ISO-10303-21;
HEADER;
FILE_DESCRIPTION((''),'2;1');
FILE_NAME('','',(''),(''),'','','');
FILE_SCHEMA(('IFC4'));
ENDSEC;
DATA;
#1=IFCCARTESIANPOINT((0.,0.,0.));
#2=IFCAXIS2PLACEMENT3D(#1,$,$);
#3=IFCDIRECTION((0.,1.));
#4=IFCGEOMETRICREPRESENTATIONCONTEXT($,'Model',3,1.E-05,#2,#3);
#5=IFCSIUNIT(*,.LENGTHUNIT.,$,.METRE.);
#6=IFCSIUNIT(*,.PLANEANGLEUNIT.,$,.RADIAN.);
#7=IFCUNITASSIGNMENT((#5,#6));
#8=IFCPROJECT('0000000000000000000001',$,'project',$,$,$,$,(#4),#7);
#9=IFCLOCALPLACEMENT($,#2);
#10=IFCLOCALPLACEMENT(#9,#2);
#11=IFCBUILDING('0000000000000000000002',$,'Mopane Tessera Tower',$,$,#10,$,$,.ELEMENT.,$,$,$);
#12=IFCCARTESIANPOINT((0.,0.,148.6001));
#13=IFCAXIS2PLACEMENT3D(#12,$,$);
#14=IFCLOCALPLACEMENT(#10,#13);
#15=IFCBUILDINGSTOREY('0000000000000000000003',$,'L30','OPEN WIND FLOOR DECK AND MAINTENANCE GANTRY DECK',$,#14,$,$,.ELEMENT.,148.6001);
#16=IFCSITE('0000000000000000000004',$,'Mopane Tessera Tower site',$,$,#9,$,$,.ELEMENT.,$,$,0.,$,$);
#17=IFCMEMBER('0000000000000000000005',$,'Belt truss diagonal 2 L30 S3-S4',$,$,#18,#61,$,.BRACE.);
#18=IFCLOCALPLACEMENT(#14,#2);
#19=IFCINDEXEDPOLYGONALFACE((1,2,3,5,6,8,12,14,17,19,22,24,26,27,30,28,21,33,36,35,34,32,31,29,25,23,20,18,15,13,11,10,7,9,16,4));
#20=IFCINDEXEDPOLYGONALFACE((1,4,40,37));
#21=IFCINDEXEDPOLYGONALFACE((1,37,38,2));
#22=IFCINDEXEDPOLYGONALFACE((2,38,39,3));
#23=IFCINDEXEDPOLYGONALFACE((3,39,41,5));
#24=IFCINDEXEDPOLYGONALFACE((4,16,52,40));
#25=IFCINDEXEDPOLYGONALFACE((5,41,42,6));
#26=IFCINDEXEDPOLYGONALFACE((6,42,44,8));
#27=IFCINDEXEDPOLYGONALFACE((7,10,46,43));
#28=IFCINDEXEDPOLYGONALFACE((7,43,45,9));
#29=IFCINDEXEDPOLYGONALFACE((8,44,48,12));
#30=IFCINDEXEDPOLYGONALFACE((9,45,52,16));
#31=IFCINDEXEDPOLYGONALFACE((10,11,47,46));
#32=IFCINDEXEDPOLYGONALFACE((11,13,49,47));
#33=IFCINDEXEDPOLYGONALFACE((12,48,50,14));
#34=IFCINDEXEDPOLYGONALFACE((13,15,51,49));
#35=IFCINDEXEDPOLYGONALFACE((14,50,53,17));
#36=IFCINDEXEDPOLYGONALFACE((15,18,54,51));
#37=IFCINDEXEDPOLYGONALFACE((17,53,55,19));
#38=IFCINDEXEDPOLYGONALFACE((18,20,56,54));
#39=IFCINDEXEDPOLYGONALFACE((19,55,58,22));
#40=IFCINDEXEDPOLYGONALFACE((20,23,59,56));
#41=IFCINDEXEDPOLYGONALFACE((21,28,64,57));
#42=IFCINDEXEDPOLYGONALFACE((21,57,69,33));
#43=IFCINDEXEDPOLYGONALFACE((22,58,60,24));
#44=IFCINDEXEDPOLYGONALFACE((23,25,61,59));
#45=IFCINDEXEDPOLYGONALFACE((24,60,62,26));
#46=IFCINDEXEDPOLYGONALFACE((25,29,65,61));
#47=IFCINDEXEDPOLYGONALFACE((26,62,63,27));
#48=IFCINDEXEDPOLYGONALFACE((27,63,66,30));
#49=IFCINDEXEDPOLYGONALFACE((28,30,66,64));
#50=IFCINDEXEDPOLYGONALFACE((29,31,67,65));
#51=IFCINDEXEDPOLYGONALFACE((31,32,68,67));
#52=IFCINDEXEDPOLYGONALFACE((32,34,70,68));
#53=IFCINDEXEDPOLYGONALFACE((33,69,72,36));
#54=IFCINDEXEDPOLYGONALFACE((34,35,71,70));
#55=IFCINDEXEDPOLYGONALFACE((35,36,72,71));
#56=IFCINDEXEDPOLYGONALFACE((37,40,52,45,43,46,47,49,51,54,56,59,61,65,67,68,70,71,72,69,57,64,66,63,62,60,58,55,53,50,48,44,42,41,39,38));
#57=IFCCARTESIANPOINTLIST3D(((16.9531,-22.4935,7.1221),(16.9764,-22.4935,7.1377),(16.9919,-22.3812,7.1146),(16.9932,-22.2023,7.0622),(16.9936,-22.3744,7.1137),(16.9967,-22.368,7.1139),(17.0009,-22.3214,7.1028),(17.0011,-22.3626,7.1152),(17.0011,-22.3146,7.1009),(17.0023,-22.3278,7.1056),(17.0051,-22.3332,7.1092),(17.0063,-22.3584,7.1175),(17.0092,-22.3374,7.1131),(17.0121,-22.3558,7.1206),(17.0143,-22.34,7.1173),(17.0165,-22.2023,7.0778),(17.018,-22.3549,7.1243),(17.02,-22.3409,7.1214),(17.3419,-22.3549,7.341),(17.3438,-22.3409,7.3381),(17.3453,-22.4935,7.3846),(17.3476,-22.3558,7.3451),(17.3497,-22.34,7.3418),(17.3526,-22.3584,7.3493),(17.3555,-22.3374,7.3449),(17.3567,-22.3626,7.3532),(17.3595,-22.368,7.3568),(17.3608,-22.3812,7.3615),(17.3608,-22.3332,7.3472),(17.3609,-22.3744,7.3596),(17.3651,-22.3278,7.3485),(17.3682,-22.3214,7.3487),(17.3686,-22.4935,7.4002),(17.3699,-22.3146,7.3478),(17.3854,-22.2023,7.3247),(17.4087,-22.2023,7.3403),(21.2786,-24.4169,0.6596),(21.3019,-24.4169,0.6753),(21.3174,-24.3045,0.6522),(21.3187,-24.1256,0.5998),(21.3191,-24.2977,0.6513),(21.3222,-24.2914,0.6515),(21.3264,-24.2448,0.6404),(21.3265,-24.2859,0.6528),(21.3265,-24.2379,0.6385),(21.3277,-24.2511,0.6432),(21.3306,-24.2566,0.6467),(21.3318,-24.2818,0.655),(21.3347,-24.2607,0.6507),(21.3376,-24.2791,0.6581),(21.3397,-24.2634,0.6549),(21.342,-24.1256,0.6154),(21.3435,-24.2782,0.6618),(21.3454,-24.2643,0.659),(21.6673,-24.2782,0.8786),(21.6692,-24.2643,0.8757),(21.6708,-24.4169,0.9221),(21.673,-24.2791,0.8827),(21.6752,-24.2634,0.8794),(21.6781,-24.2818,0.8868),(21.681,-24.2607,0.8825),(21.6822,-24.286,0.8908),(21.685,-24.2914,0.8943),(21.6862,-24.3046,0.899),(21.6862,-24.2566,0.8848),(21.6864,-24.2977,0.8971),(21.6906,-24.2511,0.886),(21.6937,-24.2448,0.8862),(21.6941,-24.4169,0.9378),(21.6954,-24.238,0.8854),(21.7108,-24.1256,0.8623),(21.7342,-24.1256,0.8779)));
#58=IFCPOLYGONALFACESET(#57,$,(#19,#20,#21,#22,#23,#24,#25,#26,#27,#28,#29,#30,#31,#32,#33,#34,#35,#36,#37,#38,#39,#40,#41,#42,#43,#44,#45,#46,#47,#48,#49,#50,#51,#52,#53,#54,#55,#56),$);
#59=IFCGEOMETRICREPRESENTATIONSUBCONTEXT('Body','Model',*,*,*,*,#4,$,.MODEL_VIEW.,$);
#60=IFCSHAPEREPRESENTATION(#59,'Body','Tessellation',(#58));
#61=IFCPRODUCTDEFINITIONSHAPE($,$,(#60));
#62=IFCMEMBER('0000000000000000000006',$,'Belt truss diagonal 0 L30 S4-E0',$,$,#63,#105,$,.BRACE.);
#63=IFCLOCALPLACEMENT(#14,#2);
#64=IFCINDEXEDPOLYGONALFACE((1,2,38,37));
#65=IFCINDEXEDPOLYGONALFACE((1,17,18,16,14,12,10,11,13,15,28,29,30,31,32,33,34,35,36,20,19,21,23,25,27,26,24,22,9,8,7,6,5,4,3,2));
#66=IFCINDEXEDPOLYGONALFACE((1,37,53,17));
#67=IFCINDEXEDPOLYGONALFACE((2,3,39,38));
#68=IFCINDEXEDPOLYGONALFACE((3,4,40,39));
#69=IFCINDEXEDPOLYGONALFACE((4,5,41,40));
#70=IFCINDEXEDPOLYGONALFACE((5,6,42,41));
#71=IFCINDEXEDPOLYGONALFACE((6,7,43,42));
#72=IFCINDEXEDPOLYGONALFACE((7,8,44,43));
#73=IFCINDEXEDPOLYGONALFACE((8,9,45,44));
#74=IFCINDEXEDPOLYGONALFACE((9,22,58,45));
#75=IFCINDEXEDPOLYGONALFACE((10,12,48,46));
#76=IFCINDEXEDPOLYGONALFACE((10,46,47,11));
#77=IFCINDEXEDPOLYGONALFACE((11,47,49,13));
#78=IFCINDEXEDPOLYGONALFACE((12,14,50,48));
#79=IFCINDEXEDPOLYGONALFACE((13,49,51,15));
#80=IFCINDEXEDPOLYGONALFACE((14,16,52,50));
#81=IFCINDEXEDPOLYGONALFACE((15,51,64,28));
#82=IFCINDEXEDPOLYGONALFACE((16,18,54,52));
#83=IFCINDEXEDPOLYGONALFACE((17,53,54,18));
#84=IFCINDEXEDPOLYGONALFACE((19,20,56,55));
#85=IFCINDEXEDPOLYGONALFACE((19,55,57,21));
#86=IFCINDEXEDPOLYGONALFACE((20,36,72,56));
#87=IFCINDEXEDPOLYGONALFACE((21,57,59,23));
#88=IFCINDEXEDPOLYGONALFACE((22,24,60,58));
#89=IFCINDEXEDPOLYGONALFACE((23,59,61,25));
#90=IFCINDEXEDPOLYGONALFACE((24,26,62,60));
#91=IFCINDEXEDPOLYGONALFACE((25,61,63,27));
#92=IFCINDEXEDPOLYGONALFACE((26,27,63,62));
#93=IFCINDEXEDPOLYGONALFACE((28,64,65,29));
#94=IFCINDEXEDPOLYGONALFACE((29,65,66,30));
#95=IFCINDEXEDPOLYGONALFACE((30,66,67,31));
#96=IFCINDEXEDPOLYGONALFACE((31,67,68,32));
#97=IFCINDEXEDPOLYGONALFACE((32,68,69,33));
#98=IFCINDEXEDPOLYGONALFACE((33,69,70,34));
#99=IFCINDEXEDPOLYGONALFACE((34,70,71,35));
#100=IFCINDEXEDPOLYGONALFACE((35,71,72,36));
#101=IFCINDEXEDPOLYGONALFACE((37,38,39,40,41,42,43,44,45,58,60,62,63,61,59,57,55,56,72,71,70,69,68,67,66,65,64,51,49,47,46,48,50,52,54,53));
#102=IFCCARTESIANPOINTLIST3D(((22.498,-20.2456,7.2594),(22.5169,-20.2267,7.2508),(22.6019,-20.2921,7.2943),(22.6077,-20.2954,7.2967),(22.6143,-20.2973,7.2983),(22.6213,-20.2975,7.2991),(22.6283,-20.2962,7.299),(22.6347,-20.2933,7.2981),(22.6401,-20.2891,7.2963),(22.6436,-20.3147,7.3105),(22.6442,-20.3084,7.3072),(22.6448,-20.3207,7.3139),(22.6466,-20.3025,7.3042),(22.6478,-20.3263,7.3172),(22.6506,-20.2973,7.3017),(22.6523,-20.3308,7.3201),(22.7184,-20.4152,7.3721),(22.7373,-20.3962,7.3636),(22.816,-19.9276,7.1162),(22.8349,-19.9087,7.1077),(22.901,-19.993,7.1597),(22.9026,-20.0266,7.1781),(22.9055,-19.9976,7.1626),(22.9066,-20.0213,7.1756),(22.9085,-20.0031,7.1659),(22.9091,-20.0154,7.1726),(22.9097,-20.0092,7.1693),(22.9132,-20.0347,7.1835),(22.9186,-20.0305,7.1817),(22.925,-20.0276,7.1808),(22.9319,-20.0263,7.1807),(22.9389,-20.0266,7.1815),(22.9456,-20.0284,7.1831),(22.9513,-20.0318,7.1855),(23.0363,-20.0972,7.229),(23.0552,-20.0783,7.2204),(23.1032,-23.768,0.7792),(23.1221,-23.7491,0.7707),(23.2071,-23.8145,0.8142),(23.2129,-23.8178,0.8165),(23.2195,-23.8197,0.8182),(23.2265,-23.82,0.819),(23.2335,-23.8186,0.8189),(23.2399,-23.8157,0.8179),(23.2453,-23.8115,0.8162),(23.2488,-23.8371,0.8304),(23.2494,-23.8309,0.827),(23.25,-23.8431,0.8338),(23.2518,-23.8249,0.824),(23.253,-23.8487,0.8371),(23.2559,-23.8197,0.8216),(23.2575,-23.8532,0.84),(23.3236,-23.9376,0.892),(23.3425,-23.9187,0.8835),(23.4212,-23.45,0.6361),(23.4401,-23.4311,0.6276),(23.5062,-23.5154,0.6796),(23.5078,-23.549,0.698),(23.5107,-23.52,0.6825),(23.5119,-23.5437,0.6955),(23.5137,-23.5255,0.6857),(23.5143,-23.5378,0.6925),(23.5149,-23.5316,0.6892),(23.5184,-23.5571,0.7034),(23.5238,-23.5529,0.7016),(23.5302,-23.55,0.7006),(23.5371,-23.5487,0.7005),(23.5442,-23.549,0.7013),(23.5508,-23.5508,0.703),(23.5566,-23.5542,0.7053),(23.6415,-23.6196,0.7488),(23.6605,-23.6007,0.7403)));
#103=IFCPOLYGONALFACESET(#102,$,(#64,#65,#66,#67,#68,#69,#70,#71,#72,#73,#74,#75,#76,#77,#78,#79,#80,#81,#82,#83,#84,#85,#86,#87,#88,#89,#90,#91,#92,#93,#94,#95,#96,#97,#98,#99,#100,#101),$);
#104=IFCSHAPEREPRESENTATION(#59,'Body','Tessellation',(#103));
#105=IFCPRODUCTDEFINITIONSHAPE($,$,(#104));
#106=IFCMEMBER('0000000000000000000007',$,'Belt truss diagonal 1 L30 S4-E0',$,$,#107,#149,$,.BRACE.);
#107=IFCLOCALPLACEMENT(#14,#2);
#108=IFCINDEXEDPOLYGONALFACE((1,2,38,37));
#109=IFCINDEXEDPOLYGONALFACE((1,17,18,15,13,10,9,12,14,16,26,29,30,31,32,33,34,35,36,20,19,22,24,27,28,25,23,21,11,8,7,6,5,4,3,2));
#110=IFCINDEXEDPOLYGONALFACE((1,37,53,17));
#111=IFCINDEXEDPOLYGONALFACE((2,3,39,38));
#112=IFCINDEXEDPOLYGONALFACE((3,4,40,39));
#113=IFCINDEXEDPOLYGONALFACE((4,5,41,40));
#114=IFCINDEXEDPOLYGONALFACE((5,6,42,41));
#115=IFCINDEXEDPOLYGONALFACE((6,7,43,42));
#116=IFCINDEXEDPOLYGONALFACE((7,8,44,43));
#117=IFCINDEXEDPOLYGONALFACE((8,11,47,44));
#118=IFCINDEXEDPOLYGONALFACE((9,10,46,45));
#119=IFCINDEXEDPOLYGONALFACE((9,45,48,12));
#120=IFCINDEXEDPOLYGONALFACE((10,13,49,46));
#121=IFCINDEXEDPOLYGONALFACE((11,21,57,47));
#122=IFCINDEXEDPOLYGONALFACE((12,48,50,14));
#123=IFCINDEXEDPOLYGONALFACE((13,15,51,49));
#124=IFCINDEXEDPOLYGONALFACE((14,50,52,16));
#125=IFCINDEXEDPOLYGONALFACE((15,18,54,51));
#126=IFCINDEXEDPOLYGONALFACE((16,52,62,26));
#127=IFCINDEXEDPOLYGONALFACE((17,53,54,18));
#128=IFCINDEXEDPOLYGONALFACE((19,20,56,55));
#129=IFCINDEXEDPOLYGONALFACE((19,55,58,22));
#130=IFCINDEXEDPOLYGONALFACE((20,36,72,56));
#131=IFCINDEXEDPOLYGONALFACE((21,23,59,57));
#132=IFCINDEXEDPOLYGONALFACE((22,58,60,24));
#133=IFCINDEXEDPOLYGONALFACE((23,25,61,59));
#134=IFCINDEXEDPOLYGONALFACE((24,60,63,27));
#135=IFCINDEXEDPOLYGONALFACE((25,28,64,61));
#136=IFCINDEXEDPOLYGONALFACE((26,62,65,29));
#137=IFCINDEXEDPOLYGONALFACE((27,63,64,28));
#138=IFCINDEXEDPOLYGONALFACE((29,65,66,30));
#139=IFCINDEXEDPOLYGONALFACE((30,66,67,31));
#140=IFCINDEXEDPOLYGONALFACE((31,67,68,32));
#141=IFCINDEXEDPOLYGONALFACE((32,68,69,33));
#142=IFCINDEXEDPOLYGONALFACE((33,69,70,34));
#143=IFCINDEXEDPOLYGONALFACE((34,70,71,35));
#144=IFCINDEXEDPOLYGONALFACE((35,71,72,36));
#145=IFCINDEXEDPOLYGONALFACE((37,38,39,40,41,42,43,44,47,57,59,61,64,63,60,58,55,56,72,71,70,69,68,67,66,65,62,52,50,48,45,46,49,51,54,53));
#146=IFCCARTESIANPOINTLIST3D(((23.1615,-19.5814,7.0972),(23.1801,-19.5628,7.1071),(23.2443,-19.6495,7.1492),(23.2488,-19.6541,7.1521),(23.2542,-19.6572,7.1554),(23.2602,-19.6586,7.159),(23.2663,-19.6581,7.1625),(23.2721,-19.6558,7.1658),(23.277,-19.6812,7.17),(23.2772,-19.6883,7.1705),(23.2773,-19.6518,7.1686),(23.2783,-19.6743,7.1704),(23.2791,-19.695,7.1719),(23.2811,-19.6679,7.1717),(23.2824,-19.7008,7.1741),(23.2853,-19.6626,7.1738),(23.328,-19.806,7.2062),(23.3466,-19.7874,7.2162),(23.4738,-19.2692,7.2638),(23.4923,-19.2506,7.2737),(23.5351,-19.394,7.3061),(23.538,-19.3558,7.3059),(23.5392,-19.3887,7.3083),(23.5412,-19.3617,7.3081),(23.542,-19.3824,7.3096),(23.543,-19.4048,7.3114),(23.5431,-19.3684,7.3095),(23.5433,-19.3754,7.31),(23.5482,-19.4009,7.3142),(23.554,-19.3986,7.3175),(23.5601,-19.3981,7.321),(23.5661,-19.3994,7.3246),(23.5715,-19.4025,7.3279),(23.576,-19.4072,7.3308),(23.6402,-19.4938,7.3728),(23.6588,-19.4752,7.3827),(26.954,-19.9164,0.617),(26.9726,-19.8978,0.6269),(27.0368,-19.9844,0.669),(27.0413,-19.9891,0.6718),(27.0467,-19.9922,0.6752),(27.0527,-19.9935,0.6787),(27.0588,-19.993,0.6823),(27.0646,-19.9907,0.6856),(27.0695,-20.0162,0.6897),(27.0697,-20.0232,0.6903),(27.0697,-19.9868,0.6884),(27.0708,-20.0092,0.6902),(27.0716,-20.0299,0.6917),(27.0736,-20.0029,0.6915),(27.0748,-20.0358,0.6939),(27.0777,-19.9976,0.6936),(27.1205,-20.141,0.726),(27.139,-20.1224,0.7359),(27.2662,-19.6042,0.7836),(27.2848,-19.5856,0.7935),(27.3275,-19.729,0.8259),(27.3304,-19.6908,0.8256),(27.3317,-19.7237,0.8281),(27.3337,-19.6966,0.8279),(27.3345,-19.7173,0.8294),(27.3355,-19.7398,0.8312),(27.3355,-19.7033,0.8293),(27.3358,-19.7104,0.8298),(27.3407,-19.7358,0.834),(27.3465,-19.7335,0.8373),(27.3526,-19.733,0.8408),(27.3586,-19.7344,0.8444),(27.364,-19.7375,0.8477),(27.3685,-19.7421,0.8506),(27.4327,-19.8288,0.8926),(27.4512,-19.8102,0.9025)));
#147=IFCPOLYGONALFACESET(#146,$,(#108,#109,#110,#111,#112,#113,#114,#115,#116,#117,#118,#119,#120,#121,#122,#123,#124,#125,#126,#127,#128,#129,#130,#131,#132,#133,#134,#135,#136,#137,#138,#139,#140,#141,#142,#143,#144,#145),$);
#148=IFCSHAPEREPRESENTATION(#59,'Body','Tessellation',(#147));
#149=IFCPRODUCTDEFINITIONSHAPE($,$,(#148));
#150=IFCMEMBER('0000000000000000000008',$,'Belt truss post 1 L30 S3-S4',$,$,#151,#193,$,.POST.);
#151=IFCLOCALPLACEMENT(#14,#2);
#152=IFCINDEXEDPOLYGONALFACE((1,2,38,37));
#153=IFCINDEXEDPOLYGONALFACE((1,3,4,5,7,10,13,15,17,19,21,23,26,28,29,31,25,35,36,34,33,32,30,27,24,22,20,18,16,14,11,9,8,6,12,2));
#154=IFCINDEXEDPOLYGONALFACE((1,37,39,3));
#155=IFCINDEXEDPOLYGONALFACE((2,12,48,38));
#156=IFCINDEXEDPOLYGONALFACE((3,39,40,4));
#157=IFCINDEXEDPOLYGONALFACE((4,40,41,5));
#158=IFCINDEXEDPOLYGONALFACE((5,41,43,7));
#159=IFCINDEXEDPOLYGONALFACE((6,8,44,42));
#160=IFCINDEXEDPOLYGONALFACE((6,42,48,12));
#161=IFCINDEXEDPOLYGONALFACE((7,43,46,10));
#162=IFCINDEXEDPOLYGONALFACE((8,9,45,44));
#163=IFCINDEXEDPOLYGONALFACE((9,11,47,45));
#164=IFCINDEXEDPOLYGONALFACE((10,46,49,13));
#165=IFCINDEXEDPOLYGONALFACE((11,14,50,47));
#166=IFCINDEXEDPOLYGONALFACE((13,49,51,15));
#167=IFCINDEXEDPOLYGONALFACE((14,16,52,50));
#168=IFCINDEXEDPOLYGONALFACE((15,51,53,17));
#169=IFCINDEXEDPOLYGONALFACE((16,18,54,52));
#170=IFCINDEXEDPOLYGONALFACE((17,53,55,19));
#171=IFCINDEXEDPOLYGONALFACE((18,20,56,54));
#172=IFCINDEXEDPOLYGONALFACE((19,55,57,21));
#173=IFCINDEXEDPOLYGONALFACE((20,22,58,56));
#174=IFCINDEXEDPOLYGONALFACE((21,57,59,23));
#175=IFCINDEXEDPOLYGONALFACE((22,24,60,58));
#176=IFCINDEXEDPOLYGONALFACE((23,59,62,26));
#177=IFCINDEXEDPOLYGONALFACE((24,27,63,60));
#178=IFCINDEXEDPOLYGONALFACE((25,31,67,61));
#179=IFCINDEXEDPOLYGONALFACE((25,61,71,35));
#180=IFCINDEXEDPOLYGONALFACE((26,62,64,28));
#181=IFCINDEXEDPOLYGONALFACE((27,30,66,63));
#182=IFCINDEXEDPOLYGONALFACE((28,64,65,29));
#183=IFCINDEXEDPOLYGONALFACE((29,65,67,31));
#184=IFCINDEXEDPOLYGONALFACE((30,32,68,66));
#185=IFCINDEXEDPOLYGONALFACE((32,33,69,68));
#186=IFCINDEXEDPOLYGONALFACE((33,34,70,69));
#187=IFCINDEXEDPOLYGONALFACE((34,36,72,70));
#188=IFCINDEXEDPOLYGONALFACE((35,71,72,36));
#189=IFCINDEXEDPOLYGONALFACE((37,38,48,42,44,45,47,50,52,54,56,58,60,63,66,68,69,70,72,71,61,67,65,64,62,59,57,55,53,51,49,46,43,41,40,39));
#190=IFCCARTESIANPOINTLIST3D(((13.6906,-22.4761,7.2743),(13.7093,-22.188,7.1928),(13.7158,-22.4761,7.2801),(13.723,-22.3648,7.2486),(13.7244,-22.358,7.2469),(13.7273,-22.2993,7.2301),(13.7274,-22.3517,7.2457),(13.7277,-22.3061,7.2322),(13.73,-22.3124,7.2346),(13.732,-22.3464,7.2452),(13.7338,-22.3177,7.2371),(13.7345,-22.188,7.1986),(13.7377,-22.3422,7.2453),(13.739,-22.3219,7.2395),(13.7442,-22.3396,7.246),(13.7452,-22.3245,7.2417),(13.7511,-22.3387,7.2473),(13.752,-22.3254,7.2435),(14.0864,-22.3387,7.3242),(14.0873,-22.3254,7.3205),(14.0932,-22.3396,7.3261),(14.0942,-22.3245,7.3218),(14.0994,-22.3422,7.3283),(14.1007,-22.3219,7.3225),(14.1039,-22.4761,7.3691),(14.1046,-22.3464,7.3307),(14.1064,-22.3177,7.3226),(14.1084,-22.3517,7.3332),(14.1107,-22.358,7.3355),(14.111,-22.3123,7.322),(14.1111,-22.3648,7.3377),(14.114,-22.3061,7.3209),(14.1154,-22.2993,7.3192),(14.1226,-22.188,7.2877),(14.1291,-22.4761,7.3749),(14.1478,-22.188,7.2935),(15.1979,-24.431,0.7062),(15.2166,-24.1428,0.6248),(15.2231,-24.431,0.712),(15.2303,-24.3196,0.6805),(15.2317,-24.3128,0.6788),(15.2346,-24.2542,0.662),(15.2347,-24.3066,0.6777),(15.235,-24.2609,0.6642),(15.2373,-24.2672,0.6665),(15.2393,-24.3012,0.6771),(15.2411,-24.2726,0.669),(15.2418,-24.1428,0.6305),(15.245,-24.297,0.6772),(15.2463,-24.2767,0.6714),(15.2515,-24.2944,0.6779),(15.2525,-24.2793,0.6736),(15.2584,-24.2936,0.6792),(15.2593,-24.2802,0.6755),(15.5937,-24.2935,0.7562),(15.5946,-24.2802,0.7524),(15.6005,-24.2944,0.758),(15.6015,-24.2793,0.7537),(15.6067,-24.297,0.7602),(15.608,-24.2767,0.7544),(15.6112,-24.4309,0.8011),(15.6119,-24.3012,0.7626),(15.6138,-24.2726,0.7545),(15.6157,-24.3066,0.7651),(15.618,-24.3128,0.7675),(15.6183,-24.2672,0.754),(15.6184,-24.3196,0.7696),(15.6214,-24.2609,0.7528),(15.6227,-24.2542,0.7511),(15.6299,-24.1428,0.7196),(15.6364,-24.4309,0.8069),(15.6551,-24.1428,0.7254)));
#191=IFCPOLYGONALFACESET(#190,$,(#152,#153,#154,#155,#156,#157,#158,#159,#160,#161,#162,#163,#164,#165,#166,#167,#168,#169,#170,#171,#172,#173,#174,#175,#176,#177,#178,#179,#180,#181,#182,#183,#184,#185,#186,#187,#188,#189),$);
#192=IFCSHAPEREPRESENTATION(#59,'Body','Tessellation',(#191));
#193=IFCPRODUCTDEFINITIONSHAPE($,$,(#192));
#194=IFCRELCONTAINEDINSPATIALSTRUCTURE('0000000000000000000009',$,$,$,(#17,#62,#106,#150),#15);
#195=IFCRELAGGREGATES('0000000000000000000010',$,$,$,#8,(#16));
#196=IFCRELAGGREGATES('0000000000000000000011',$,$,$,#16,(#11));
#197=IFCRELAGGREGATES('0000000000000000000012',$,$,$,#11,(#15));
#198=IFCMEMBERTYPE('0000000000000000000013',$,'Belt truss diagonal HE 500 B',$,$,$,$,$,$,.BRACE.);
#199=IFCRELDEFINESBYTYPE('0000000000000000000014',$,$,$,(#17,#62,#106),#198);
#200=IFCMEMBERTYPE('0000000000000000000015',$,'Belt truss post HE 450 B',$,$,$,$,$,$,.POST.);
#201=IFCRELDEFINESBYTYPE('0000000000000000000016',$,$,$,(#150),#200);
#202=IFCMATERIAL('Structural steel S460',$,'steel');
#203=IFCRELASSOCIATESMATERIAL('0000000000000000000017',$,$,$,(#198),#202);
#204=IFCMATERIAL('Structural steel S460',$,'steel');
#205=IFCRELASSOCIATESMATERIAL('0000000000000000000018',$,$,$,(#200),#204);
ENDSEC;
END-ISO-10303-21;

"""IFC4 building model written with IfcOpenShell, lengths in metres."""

from ifc_helpers import new_model, si_unit, direction, frame, origin, origin_2d, place, context, subcontext, project, spatial, i_section, extrude, material, material_profile, profile_set, type_object, element, save


model = new_model("IFC4")

# Units and contexts
model_context = context("Model", 3, precision=1e-05, world=origin(), true_north=direction((0.0, 1.0)))
body_context = subcontext(model_context, "Body", "Model", "MODEL_VIEW")
ifc_project = project(units=[si_unit("LENGTHUNIT", "METRE"), si_unit("PLANEANGLEUNIT", "RADIAN")], contexts=[model_context])

# Site, building, storey
site_placement = place(None, origin())
site = spatial("IfcSite", under=ifc_project, at=site_placement, Name="Mopane Tessera Tower site", CompositionType="ELEMENT", RefElevation=0.0)
building_placement = place(site_placement, origin())
building = spatial("IfcBuilding", under=site, at=building_placement, Name="Mopane Tessera Tower", CompositionType="ELEMENT")
storey_placement = place(building_placement, frame((0.0, 0.0, 148.6001)))
storey = spatial("IfcBuildingStorey", under=building, at=storey_placement, Name="L30", Description="OPEN WIND FLOOR DECK AND MAINTENANCE GANTRY DECK", CompositionType="ELEMENT", Elevation=148.6001)

# Members
ifc_material_1 = material(Name="Structural steel S460", Category="steel")
ifc_material_profile_1 = material_profile(ifc_material_1, i_section(OverallWidth=0.3, OverallDepth=0.5, WebThickness=0.0144, FlangeThickness=0.0281, FilletRadius=0.0271, at=origin_2d()))
ifc_profile_set_1 = profile_set([ifc_material_profile_1], Name="Structural steel S460")
member_type_1 = type_object("IfcMemberType", Name="Belt truss diagonal HE 500 B", PredefinedType="BRACE", material=ifc_profile_set_1)
member_1_placement = place(storey_placement, frame((17.1809, -22.3479, 7.2312), z_axis=(0.539958, -0.240096, -0.806721), x_axis=(0.133562, 0.970749, -0.199518)))
element("IfcMember", 1, at=member_1_placement, inside=storey, type_object=member_type_1, Name="Belt truss diagonal 2 L30 S3-S4", PredefinedType="BRACE", context=body_context, shape_type="SweptSolid", body=[
    extrude(i_section(OverallWidth=0.3, OverallDepth=0.5, WebThickness=0.0144, FlangeThickness=0.0281, FilletRadius=0.0271, at=origin_2d()), origin(), (0.0, 0.0, 1.0), 8.0107),
])
member_2_placement = place(storey_placement, frame((23.3818, -23.6843, 0.7598), z_axis=(-0.081782, 0.475976, 0.875647), x_axis=(-0.73441, 0.56517, -0.3758)))
element("IfcMember", 2, at=member_2_placement, inside=storey, type_object=member_type_1, Name="Belt truss diagonal 0 L30 S4-E0", PredefinedType="BRACE", context=body_context, shape_type="SweptSolid", body=[
    extrude(i_section(OverallWidth=0.3, OverallDepth=0.5, WebThickness=0.0144, FlangeThickness=0.0281, FilletRadius=0.0271, at=origin_2d()), origin(), (0.0, 0.0, 1.0), 7.4004),
])
member_3_placement = place(storey_placement, frame((23.4102, -19.5283, 7.24), z_axis=(0.504596, -0.044567, -0.862205), x_axis=(-0.554693, 0.748541, -0.36332)))
element("IfcMember", 3, at=member_3_placement, inside=storey, type_object=member_type_1, Name="Belt truss diagonal 1 L30 S4-E0", PredefinedType="BRACE", context=body_context, shape_type="SweptSolid", body=[
    extrude(i_section(OverallWidth=0.3, OverallDepth=0.5, WebThickness=0.0144, FlangeThickness=0.0281, FilletRadius=0.0271, at=origin_2d()), origin(), (0.0, 0.0, 1.0), 7.5159),
])
ifc_material_2 = material(Name="Structural steel S460", Category="steel")
ifc_material_profile_2 = material_profile(ifc_material_2, i_section(OverallWidth=0.3, OverallDepth=0.45, WebThickness=0.0139, FlangeThickness=0.0259, FilletRadius=0.0271, at=origin_2d()))
ifc_profile_set_2 = profile_set([ifc_material_profile_2], Name="Structural steel S460")
member_type_2 = type_object("IfcMemberType", Name="Belt truss post HE 450 B", PredefinedType="POST", material=ifc_profile_set_2)
member_4_placement = place(storey_placement, frame((15.4265, -24.2869, 0.7158), z_axis=(-0.214821, 0.278599, 0.936074), x_axis=(0.062298, 0.960408, -0.271544)))
element("IfcMember", 4, at=member_4_placement, inside=storey, type_object=member_type_2, Name="Belt truss post 1 L30 S3-S4", PredefinedType="POST", context=body_context, shape_type="SweptSolid", body=[
    extrude(i_section(OverallWidth=0.3, OverallDepth=0.45, WebThickness=0.0139, FlangeThickness=0.0259, FilletRadius=0.0271, at=origin_2d()), origin(), (0.0, 0.0, 1.0), 7.0166),
])

save(model, "model.ifc")
